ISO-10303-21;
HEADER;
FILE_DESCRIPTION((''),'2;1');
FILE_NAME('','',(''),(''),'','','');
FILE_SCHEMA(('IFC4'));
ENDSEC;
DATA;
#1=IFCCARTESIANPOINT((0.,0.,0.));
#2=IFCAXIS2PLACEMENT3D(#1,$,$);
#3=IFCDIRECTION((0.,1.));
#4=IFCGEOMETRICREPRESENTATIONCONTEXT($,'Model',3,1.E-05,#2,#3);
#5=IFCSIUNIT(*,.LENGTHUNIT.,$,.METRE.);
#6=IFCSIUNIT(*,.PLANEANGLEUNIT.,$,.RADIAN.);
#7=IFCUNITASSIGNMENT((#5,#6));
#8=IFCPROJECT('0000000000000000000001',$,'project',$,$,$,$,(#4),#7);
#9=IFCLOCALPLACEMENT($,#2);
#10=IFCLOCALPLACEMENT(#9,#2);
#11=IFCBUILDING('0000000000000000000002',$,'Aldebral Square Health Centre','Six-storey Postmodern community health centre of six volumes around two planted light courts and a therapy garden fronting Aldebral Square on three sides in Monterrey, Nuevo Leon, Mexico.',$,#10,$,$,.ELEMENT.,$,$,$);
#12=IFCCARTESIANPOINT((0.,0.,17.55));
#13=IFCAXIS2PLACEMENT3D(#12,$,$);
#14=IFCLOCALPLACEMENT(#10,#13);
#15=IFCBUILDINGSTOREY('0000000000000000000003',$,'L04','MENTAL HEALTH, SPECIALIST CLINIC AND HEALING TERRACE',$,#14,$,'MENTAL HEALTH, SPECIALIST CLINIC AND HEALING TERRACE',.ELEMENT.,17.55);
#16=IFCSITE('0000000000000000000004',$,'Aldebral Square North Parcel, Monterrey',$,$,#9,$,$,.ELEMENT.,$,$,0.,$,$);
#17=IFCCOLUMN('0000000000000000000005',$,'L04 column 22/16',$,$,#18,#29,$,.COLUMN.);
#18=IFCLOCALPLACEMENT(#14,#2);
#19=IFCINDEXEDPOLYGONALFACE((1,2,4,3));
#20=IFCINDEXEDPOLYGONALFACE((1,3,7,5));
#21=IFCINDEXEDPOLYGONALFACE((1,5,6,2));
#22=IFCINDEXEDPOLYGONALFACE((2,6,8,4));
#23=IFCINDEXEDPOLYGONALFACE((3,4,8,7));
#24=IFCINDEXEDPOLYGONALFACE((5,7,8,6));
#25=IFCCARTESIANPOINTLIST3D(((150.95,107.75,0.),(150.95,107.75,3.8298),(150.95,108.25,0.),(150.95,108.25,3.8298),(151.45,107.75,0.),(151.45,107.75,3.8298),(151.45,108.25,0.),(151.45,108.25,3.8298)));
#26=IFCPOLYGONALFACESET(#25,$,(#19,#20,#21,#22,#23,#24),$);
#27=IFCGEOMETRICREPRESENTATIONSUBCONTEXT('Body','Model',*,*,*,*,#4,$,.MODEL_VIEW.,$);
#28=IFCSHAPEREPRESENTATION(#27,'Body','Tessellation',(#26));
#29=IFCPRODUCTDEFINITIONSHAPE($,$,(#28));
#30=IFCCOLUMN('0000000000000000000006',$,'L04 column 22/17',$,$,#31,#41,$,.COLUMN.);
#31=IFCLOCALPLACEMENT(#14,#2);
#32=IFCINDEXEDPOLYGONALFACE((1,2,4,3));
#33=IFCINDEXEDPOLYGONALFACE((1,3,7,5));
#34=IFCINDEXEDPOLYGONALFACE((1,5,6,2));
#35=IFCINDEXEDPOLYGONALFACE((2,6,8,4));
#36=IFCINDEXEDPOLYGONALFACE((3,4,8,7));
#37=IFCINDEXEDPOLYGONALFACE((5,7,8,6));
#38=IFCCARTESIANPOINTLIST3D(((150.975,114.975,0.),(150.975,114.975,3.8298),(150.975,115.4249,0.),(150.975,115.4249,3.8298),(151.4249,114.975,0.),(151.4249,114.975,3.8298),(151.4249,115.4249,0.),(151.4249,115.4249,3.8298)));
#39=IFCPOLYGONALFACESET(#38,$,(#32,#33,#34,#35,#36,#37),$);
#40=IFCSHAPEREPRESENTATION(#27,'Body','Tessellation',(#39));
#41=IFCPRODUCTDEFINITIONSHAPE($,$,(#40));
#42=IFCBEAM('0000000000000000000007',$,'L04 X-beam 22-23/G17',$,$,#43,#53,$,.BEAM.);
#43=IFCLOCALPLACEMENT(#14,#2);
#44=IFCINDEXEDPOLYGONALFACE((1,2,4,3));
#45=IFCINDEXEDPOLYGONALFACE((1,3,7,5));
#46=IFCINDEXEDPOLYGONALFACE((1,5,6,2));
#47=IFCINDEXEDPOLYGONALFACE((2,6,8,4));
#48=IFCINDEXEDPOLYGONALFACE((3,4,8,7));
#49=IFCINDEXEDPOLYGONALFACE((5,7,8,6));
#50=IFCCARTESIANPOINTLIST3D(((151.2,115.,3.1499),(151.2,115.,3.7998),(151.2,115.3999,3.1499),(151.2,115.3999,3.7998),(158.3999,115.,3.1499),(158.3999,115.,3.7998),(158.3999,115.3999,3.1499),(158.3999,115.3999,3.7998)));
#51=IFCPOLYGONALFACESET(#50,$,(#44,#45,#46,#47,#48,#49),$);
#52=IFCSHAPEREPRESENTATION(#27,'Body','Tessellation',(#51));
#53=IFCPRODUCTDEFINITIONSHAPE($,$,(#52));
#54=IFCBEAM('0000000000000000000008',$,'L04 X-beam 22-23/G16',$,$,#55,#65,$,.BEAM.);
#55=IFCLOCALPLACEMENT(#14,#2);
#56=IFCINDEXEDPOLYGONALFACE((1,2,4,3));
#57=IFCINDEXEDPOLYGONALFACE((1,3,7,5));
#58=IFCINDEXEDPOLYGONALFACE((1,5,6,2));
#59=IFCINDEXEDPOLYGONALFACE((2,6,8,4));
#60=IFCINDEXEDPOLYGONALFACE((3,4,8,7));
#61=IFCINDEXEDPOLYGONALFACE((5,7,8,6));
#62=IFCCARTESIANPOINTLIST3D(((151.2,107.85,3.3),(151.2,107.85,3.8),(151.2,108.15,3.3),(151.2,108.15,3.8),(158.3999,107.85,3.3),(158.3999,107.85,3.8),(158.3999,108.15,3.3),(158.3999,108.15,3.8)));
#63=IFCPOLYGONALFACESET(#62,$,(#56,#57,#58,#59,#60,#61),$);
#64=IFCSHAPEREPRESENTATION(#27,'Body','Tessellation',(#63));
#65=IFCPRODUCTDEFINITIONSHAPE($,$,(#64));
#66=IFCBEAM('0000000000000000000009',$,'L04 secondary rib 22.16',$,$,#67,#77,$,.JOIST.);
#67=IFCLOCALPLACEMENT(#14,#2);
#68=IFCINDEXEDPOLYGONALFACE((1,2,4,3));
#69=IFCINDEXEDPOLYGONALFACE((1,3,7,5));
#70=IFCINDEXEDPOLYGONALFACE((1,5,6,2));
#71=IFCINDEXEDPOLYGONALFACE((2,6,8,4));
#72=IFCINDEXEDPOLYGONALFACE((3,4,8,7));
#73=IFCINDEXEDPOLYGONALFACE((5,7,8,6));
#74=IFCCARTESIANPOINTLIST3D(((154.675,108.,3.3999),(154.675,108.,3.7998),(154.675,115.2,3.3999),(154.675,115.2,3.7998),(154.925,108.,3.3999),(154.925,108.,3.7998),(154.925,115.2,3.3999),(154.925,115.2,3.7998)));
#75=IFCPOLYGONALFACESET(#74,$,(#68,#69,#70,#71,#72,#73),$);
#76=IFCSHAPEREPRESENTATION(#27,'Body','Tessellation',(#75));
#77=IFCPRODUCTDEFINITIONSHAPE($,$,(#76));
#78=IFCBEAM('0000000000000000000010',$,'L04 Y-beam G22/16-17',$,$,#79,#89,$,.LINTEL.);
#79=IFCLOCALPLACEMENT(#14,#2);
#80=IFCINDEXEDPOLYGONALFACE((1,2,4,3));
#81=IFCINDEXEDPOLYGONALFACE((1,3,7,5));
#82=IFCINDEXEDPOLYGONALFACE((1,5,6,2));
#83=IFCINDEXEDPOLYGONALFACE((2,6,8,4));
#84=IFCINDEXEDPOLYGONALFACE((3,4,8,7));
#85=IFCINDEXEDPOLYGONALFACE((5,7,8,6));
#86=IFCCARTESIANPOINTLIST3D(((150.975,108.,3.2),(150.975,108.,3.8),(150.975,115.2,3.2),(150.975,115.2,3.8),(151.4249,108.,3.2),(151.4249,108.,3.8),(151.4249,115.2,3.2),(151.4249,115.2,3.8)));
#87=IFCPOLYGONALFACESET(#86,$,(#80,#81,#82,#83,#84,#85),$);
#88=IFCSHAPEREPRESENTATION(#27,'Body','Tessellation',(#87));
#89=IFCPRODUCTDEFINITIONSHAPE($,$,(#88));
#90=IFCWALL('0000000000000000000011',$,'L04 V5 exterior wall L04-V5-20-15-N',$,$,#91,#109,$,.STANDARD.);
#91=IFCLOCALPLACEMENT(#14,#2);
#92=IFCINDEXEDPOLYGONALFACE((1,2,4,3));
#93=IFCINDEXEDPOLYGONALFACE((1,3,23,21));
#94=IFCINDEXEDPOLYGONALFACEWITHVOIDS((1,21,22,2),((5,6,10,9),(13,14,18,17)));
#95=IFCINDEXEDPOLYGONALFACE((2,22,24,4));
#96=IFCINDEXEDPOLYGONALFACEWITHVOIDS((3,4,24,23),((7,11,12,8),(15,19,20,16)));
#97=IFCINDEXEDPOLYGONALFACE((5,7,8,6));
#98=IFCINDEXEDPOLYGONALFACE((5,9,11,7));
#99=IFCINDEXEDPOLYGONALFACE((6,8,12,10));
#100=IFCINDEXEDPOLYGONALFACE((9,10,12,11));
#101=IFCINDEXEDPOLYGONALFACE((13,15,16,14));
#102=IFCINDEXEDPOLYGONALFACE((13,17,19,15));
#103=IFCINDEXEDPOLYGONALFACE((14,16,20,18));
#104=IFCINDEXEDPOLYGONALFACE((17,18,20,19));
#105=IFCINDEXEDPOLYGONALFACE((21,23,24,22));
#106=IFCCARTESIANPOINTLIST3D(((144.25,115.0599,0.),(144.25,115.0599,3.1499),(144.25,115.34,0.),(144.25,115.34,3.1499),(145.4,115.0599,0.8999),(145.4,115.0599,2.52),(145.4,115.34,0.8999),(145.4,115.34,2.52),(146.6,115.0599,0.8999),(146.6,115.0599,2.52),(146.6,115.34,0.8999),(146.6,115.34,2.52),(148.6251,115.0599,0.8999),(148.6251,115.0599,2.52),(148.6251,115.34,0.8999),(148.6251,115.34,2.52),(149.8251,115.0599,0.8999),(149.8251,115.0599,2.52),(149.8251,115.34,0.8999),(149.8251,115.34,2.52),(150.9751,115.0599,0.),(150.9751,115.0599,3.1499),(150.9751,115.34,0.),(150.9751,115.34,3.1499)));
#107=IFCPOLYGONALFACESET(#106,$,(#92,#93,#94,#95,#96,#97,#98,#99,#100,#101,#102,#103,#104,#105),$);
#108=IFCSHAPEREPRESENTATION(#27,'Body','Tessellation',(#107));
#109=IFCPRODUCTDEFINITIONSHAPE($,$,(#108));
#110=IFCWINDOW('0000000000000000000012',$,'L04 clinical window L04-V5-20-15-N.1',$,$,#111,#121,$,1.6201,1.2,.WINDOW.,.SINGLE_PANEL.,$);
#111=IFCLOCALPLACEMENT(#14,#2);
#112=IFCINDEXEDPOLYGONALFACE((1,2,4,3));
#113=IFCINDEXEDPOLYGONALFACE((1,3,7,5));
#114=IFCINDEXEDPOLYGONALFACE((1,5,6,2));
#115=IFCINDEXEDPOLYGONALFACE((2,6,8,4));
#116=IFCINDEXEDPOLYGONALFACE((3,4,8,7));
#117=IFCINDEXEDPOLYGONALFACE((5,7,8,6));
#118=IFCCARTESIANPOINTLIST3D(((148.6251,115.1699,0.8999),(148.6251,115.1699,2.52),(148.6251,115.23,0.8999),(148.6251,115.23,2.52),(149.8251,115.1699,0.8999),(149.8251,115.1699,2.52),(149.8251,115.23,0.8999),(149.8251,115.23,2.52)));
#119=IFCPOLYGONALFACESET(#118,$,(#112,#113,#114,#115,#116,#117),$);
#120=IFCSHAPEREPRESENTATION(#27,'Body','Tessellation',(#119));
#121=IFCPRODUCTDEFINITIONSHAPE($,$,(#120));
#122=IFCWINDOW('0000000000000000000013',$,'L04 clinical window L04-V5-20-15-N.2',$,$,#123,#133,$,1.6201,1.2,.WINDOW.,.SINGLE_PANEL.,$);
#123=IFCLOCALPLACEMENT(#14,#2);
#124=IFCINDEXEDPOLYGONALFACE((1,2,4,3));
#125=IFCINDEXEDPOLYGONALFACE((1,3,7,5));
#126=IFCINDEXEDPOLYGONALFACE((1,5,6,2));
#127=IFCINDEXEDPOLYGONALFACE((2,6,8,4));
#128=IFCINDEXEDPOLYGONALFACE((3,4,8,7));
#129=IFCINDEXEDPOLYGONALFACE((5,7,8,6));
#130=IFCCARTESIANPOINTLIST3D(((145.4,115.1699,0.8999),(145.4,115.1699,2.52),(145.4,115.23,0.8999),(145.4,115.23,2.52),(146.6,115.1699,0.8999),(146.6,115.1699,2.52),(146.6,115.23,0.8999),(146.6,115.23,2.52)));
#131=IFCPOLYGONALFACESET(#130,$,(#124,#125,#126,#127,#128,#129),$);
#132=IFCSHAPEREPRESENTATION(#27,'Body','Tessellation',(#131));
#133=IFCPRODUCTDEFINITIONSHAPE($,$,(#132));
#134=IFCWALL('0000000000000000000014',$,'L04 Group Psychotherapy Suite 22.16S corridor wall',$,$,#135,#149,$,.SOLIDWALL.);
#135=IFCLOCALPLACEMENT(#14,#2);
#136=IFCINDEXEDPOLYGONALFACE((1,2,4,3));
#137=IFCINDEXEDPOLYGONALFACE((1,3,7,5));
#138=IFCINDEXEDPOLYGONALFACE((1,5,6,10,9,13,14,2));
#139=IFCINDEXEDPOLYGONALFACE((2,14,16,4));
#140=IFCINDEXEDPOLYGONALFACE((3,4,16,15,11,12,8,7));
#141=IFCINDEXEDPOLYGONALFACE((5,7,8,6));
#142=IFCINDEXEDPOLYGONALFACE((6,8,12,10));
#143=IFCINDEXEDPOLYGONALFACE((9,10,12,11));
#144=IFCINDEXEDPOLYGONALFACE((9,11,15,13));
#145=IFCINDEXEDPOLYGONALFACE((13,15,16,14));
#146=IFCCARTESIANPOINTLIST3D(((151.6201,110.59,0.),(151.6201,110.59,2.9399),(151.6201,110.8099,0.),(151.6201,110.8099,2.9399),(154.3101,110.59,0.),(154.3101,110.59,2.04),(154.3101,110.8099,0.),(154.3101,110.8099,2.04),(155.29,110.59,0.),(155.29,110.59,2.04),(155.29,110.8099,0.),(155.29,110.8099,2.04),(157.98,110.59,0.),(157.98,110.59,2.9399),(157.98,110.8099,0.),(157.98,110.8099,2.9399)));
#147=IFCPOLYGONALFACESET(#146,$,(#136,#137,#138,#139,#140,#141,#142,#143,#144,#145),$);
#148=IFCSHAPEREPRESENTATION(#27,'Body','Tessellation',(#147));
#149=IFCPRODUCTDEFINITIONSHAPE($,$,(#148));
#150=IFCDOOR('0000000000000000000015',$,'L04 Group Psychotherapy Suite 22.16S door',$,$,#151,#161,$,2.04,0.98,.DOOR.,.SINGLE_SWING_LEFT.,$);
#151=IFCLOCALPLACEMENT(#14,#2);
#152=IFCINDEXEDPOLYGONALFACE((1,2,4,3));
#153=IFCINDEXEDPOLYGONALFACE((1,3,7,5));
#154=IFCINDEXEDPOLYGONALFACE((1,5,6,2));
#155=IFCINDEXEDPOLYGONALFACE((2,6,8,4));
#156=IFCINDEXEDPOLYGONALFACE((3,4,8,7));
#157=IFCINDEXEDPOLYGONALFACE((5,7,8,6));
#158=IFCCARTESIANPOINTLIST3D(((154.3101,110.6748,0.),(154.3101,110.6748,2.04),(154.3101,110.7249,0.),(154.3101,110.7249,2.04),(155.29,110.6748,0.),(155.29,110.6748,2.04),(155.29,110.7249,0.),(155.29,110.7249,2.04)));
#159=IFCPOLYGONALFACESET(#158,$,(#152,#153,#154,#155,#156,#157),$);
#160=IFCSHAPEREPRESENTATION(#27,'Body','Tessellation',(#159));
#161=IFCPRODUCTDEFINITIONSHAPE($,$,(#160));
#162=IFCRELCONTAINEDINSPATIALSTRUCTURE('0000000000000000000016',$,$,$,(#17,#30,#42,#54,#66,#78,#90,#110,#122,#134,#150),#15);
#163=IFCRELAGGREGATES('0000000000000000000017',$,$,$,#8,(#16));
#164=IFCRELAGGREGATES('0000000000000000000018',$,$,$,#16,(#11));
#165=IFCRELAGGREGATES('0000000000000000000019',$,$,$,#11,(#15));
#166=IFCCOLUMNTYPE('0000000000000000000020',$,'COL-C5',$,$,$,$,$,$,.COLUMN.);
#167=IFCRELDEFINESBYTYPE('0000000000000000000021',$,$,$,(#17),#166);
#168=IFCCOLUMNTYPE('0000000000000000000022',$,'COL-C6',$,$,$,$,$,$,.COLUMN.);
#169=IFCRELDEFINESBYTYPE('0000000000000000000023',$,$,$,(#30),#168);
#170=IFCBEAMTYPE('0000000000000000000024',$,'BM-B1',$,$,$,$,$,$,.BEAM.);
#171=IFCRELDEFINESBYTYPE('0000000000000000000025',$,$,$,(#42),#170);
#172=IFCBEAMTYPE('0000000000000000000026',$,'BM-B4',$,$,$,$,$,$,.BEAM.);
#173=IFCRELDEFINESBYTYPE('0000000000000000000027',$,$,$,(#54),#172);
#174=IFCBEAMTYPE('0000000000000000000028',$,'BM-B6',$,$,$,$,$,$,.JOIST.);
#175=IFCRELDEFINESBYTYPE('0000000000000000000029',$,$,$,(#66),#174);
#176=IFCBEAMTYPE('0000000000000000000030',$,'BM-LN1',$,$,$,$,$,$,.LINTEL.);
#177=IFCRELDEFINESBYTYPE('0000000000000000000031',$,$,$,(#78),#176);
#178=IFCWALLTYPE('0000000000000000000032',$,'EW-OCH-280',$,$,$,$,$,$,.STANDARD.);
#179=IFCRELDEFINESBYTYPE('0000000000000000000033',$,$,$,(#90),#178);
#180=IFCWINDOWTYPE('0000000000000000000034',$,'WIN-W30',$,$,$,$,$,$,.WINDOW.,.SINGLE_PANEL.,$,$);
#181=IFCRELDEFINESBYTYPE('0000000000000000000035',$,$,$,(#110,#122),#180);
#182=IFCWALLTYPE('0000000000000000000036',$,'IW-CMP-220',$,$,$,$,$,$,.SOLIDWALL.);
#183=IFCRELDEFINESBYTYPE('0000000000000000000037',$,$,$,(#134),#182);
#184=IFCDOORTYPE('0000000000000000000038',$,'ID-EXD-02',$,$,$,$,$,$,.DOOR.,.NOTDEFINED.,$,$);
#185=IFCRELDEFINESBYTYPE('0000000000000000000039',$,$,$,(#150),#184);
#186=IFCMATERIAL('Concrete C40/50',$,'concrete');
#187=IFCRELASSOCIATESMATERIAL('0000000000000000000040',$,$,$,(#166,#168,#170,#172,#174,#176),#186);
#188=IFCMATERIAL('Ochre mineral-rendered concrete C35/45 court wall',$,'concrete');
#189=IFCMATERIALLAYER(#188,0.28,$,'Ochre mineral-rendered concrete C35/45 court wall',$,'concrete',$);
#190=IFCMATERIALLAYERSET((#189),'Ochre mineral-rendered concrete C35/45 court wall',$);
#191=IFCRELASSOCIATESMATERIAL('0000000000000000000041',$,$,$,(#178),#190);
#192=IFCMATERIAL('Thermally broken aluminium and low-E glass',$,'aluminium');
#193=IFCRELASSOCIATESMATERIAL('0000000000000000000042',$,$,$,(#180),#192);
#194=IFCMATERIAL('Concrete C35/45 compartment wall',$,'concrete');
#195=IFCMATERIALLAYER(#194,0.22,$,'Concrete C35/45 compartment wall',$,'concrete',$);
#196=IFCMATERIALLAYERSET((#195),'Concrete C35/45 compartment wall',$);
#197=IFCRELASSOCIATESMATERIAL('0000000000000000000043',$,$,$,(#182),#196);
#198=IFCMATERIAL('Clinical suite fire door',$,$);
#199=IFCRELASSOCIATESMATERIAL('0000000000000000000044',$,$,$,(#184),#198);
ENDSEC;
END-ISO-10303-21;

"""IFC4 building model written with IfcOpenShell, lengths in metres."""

from ifc_helpers import new_model, si_unit, direction, frame, frame_2d, origin, origin_2d, place, context, subcontext, project, spatial, rectangle, extrude, material, layer, layer_set, material_profile, profile_set, type_object, element, fill, save


model = new_model("IFC4")

# Units and contexts
model_context = context("Model", 3, precision=1e-05, world=origin(), true_north=direction((0.0, 1.0)))
body_context = subcontext(model_context, "Body", "Model", "MODEL_VIEW")
ifc_project = project(units=[si_unit("LENGTHUNIT", "METRE"), si_unit("PLANEANGLEUNIT", "RADIAN")], contexts=[model_context])

# Site, building, storey
site_placement = place(None, origin())
site = spatial("IfcSite", under=ifc_project, at=site_placement, Name="Aldebral Square North Parcel, Monterrey", CompositionType="ELEMENT", RefElevation=0.0)
building_placement = place(site_placement, origin())
building = spatial("IfcBuilding", under=site, at=building_placement, Name="Aldebral Square Health Centre", Description="Six-storey Postmodern community health centre of six volumes around two planted light courts and a therapy garden fronting Aldebral Square on three sides in Monterrey, Nuevo Leon, Mexico.", CompositionType="ELEMENT")
storey_placement = place(building_placement, frame((0.0, 0.0, 17.55)))
storey = spatial("IfcBuildingStorey", under=building, at=storey_placement, Name="L04", Description="MENTAL HEALTH, SPECIALIST CLINIC AND HEALING TERRACE", LongName="MENTAL HEALTH, SPECIALIST CLINIC AND HEALING TERRACE", CompositionType="ELEMENT", Elevation=17.55)

# Columns
ifc_material_1 = material(Name="Concrete C40/50", Category="concrete")
ifc_material_profile_1 = material_profile(ifc_material_1, rectangle(XDim=0.5, YDim=0.5, at=origin_2d()), Name="RC 500x500")
ifc_profile_set_1 = profile_set([ifc_material_profile_1], Name="Concrete C40/50")
column_type_1 = type_object("IfcColumnType", Name="COL-C5", PredefinedType="COLUMN", material=ifc_profile_set_1)
column_1_placement = place(storey_placement, frame((151.2, 108.0, 0.0), z_axis=(0.0, 0.0, 1.0), x_axis=(1.0, 0.0, 0.0)))
element("IfcColumn", 1, at=column_1_placement, inside=storey, type_object=column_type_1, Name="L04 column 22/16", PredefinedType="COLUMN", context=body_context, shape_type="SweptSolid", body=[
    extrude(rectangle(XDim=0.5, YDim=0.5, at=origin_2d()), origin(), (0.0, 0.0, 1.0), 3.8298),
])
ifc_material_profile_2 = material_profile(ifc_material_1, rectangle(XDim=0.45, YDim=0.45, at=origin_2d()), Name="RC 450x450")
ifc_profile_set_2 = profile_set([ifc_material_profile_2], Name="Concrete C40/50")
column_type_2 = type_object("IfcColumnType", Name="COL-C6", PredefinedType="COLUMN", material=ifc_profile_set_2)
column_2_placement = place(storey_placement, frame((151.2, 115.2, 0.0), z_axis=(0.0, 0.0, 1.0), x_axis=(1.0, 0.0, 0.0)))
element("IfcColumn", 2, at=column_2_placement, inside=storey, type_object=column_type_2, Name="L04 column 22/17", PredefinedType="COLUMN", context=body_context, shape_type="SweptSolid", body=[
    extrude(rectangle(XDim=0.45, YDim=0.45, at=origin_2d()), origin(), (0.0, 0.0, 1.0), 3.8298),
])

# Beams
ifc_material_profile_3 = material_profile(ifc_material_1, rectangle(XDim=0.3999, YDim=0.6499, at=origin_2d()), Name="RC 400x650")
ifc_profile_set_3 = profile_set([ifc_material_profile_3], Name="Concrete C40/50")
beam_type_1 = type_object("IfcBeamType", Name="BM-B1", PredefinedType="BEAM", material=ifc_profile_set_3)
beam_1_placement = place(storey_placement, frame((151.2, 115.2, 3.4749), z_axis=(1.0, 0.0, 0.0), x_axis=(0.0, 1.0, 0.0)))
element("IfcBeam", 3, at=beam_1_placement, inside=storey, type_object=beam_type_1, Name="L04 X-beam 22-23/G17", PredefinedType="BEAM", context=body_context, shape_type="SweptSolid", body=[
    extrude(rectangle(XDim=0.3999, YDim=0.6499, at=origin_2d()), origin(), (0.0, 0.0, 1.0), 7.2),
])
ifc_material_profile_4 = material_profile(ifc_material_1, rectangle(XDim=0.3, YDim=0.5, at=origin_2d()), Name="RC 300x500")
ifc_profile_set_4 = profile_set([ifc_material_profile_4], Name="Concrete C40/50")
beam_type_2 = type_object("IfcBeamType", Name="BM-B4", PredefinedType="BEAM", material=ifc_profile_set_4)
beam_2_placement = place(storey_placement, frame((151.2, 108.0, 3.55), z_axis=(1.0, 0.0, 0.0), x_axis=(0.0, 1.0, 0.0)))
element("IfcBeam", 4, at=beam_2_placement, inside=storey, type_object=beam_type_2, Name="L04 X-beam 22-23/G16", PredefinedType="BEAM", context=body_context, shape_type="SweptSolid", body=[
    extrude(rectangle(XDim=0.3, YDim=0.5, at=origin_2d()), origin(), (0.0, 0.0, 1.0), 7.2),
])
ifc_material_profile_5 = material_profile(ifc_material_1, rectangle(XDim=0.25, YDim=0.3999, at=origin_2d()), Name="RC 250x400")
ifc_profile_set_5 = profile_set([ifc_material_profile_5], Name="Concrete C40/50")
beam_type_3 = type_object("IfcBeamType", Name="BM-B6", PredefinedType="JOIST", material=ifc_profile_set_5)
beam_3_placement = place(storey_placement, frame((154.8, 108.0, 3.5999), z_axis=(0.0, 1.0, 0.0), x_axis=(-1.0, 0.0, 0.0)))
element("IfcBeam", 5, at=beam_3_placement, inside=storey, type_object=beam_type_3, Name="L04 secondary rib 22.16", PredefinedType="JOIST", context=body_context, shape_type="SweptSolid", body=[
    extrude(rectangle(XDim=0.25, YDim=0.3999, at=origin_2d()), origin(), (0.0, 0.0, 1.0), 7.2),
])
ifc_material_profile_6 = material_profile(ifc_material_1, rectangle(XDim=0.45, YDim=0.6001, at=origin_2d()), Name="RC 450x600")
ifc_profile_set_6 = profile_set([ifc_material_profile_6], Name="Concrete C40/50")
beam_type_4 = type_object("IfcBeamType", Name="BM-LN1", PredefinedType="LINTEL", material=ifc_profile_set_6)
beam_4_placement = place(storey_placement, frame((151.2, 108.0, 3.5), z_axis=(0.0, 1.0, 0.0), x_axis=(-1.0, 0.0, 0.0)))
element("IfcBeam", 6, at=beam_4_placement, inside=storey, type_object=beam_type_4, Name="L04 Y-beam G22/16-17", PredefinedType="LINTEL", context=body_context, shape_type="SweptSolid", body=[
    extrude(rectangle(XDim=0.45, YDim=0.6001, at=origin_2d()), origin(), (0.0, 0.0, 1.0), 7.2),
])

# Wall, openings, windows
ifc_material_2 = material(Name="Ochre mineral-rendered concrete C35/45 court wall", Category="concrete")
ifc_layer_1 = layer(ifc_material_2, 0.28, Name="Ochre mineral-rendered concrete C35/45 court wall", Category="concrete")
ifc_layer_set_1 = layer_set([ifc_layer_1], Name="Ochre mineral-rendered concrete C35/45 court wall")
wall_type_1 = type_object("IfcWallType", Name="EW-OCH-280", PredefinedType="STANDARD", material=ifc_layer_set_1)
wall_1_placement = place(storey_placement, frame((150.9751, 115.2, 0.0), z_axis=(0.0, 0.0, 1.0), x_axis=(-1.0, 0.0, 0.0)))
wall_1 = element("IfcWall", 7, at=wall_1_placement, inside=storey, type_object=wall_type_1, Name="L04 V5 exterior wall L04-V5-20-15-N", PredefinedType="STANDARD", context=body_context, shape_type="SweptSolid", body=[
    extrude(rectangle(XDim=6.7251, YDim=0.28, at=frame_2d((3.3625, 0.0))), origin(), (0.0, 0.0, 1.0), 3.1499),
])
opening_1_placement = place(wall_1_placement, frame((1.1499, 0.0, 0.8999)))
opening_1 = element("IfcOpeningElement", 8, at=opening_1_placement, cuts=wall_1, PredefinedType="OPENING", context=body_context, shape_type="SweptSolid", body=[
    extrude(rectangle(XDim=1.2, YDim=1.6201, at=frame_2d((0.6001, 0.8101))), frame((0.0, 0.1499, 0.0), z_axis=(0.0, -1.0, 0.0), x_axis=(1.0, 0.0, 0.0)), (0.0, 0.0, 1.0), 0.3),
])
opening_2_placement = place(wall_1_placement, frame((4.375, 0.0, 0.8999)))
opening_2 = element("IfcOpeningElement", 9, at=opening_2_placement, cuts=wall_1, PredefinedType="OPENING", context=body_context, shape_type="SweptSolid", body=[
    extrude(rectangle(XDim=1.2, YDim=1.6201, at=frame_2d((0.6001, 0.8101))), frame((0.0, 0.1499, 0.0), z_axis=(0.0, -1.0, 0.0), x_axis=(1.0, 0.0, 0.0)), (0.0, 0.0, 1.0), 0.3),
])
ifc_material_3 = material(Name="Thermally broken aluminium and low-E glass", Category="aluminium")
window_type = type_object("IfcWindowType", Name="WIN-W30", PartitioningType="SINGLE_PANEL", PredefinedType="WINDOW", material=ifc_material_3)
window_1_placement = place(opening_1_placement, origin())
window_1 = element("IfcWindow", 10, at=window_1_placement, inside=storey, type_object=window_type, Name="L04 clinical window L04-V5-20-15-N.1", OverallHeight=1.6201, OverallWidth=1.2, PartitioningType="SINGLE_PANEL", PredefinedType="WINDOW", context=body_context, shape_type="SweptSolid", body=[
    extrude(rectangle(XDim=1.2, YDim=1.6201, at=frame_2d((0.6001, 0.8101))), frame((0.0, 0.03, 0.0), z_axis=(0.0, -1.0, 0.0), x_axis=(1.0, 0.0, 0.0)), (0.0, 0.0, 1.0), 0.0601),
])
fill(opening_1, window_1)
window_2_placement = place(opening_2_placement, origin())
window_2 = element("IfcWindow", 11, at=window_2_placement, inside=storey, type_object=window_type, Name="L04 clinical window L04-V5-20-15-N.2", OverallHeight=1.6201, OverallWidth=1.2, PartitioningType="SINGLE_PANEL", PredefinedType="WINDOW", context=body_context, shape_type="SweptSolid", body=[
    extrude(rectangle(XDim=1.2, YDim=1.6201, at=frame_2d((0.6001, 0.8101))), frame((0.0, 0.03, 0.0), z_axis=(0.0, -1.0, 0.0), x_axis=(1.0, 0.0, 0.0)), (0.0, 0.0, 1.0), 0.0601),
])
fill(opening_2, window_2)

# Wall, opening, door
ifc_material_4 = material(Name="Concrete C35/45 compartment wall", Category="concrete")
ifc_layer_2 = layer(ifc_material_4, 0.22, Name="Concrete C35/45 compartment wall", Category="concrete")
ifc_layer_set_2 = layer_set([ifc_layer_2], Name="Concrete C35/45 compartment wall")
wall_type_2 = type_object("IfcWallType", Name="IW-CMP-220", PredefinedType="SOLIDWALL", material=ifc_layer_set_2)
wall_2_placement = place(storey_placement, frame((151.6201, 110.7, 0.0), z_axis=(0.0, 0.0, 1.0), x_axis=(1.0, 0.0, 0.0)))
wall_2 = element("IfcWall", 12, at=wall_2_placement, inside=storey, type_object=wall_type_2, Name="L04 Group Psychotherapy Suite 22.16S corridor wall", PredefinedType="SOLIDWALL", context=body_context, shape_type="SweptSolid", body=[
    extrude(rectangle(XDim=6.3599, YDim=0.22, at=frame_2d((3.1799, 0.0))), origin(), (0.0, 0.0, 1.0), 2.9399),
])
opening_3_placement = place(wall_2_placement, frame((2.6899, 0.0, 0.0)))
opening_3 = element("IfcOpeningElement", 13, at=opening_3_placement, cuts=wall_2, PredefinedType="OPENING", context=body_context, shape_type="SweptSolid", body=[
    extrude(rectangle(XDim=0.98, YDim=2.04, at=frame_2d((0.49, 1.02))), frame((0.0, 0.1201, 0.0), z_axis=(0.0, -1.0, 0.0), x_axis=(1.0, 0.0, 0.0)), (0.0, 0.0, 1.0), 0.24),
])
ifc_material_5 = material(Name="Clinical suite fire door")
door_type_1 = type_object("IfcDoorType", Name="ID-EXD-02", OperationType="NOTDEFINED", PredefinedType="DOOR", material=ifc_material_5)
door_1_placement = place(opening_3_placement, origin())
door_1 = element("IfcDoor", 14, at=door_1_placement, inside=storey, type_object=door_type_1, Name="L04 Group Psychotherapy Suite 22.16S door", OperationType="SINGLE_SWING_LEFT", OverallHeight=2.04, OverallWidth=0.98, PredefinedType="DOOR", context=body_context, shape_type="SweptSolid", body=[
    extrude(rectangle(XDim=0.98, YDim=2.04, at=frame_2d((0.49, 1.02))), frame((0.0, 0.0249, 0.0), z_axis=(0.0, -1.0, 0.0), x_axis=(1.0, 0.0, 0.0)), (0.0, 0.0, 1.0), 0.05),
])
fill(opening_3, door_1)

save(model, "model.ifc")
